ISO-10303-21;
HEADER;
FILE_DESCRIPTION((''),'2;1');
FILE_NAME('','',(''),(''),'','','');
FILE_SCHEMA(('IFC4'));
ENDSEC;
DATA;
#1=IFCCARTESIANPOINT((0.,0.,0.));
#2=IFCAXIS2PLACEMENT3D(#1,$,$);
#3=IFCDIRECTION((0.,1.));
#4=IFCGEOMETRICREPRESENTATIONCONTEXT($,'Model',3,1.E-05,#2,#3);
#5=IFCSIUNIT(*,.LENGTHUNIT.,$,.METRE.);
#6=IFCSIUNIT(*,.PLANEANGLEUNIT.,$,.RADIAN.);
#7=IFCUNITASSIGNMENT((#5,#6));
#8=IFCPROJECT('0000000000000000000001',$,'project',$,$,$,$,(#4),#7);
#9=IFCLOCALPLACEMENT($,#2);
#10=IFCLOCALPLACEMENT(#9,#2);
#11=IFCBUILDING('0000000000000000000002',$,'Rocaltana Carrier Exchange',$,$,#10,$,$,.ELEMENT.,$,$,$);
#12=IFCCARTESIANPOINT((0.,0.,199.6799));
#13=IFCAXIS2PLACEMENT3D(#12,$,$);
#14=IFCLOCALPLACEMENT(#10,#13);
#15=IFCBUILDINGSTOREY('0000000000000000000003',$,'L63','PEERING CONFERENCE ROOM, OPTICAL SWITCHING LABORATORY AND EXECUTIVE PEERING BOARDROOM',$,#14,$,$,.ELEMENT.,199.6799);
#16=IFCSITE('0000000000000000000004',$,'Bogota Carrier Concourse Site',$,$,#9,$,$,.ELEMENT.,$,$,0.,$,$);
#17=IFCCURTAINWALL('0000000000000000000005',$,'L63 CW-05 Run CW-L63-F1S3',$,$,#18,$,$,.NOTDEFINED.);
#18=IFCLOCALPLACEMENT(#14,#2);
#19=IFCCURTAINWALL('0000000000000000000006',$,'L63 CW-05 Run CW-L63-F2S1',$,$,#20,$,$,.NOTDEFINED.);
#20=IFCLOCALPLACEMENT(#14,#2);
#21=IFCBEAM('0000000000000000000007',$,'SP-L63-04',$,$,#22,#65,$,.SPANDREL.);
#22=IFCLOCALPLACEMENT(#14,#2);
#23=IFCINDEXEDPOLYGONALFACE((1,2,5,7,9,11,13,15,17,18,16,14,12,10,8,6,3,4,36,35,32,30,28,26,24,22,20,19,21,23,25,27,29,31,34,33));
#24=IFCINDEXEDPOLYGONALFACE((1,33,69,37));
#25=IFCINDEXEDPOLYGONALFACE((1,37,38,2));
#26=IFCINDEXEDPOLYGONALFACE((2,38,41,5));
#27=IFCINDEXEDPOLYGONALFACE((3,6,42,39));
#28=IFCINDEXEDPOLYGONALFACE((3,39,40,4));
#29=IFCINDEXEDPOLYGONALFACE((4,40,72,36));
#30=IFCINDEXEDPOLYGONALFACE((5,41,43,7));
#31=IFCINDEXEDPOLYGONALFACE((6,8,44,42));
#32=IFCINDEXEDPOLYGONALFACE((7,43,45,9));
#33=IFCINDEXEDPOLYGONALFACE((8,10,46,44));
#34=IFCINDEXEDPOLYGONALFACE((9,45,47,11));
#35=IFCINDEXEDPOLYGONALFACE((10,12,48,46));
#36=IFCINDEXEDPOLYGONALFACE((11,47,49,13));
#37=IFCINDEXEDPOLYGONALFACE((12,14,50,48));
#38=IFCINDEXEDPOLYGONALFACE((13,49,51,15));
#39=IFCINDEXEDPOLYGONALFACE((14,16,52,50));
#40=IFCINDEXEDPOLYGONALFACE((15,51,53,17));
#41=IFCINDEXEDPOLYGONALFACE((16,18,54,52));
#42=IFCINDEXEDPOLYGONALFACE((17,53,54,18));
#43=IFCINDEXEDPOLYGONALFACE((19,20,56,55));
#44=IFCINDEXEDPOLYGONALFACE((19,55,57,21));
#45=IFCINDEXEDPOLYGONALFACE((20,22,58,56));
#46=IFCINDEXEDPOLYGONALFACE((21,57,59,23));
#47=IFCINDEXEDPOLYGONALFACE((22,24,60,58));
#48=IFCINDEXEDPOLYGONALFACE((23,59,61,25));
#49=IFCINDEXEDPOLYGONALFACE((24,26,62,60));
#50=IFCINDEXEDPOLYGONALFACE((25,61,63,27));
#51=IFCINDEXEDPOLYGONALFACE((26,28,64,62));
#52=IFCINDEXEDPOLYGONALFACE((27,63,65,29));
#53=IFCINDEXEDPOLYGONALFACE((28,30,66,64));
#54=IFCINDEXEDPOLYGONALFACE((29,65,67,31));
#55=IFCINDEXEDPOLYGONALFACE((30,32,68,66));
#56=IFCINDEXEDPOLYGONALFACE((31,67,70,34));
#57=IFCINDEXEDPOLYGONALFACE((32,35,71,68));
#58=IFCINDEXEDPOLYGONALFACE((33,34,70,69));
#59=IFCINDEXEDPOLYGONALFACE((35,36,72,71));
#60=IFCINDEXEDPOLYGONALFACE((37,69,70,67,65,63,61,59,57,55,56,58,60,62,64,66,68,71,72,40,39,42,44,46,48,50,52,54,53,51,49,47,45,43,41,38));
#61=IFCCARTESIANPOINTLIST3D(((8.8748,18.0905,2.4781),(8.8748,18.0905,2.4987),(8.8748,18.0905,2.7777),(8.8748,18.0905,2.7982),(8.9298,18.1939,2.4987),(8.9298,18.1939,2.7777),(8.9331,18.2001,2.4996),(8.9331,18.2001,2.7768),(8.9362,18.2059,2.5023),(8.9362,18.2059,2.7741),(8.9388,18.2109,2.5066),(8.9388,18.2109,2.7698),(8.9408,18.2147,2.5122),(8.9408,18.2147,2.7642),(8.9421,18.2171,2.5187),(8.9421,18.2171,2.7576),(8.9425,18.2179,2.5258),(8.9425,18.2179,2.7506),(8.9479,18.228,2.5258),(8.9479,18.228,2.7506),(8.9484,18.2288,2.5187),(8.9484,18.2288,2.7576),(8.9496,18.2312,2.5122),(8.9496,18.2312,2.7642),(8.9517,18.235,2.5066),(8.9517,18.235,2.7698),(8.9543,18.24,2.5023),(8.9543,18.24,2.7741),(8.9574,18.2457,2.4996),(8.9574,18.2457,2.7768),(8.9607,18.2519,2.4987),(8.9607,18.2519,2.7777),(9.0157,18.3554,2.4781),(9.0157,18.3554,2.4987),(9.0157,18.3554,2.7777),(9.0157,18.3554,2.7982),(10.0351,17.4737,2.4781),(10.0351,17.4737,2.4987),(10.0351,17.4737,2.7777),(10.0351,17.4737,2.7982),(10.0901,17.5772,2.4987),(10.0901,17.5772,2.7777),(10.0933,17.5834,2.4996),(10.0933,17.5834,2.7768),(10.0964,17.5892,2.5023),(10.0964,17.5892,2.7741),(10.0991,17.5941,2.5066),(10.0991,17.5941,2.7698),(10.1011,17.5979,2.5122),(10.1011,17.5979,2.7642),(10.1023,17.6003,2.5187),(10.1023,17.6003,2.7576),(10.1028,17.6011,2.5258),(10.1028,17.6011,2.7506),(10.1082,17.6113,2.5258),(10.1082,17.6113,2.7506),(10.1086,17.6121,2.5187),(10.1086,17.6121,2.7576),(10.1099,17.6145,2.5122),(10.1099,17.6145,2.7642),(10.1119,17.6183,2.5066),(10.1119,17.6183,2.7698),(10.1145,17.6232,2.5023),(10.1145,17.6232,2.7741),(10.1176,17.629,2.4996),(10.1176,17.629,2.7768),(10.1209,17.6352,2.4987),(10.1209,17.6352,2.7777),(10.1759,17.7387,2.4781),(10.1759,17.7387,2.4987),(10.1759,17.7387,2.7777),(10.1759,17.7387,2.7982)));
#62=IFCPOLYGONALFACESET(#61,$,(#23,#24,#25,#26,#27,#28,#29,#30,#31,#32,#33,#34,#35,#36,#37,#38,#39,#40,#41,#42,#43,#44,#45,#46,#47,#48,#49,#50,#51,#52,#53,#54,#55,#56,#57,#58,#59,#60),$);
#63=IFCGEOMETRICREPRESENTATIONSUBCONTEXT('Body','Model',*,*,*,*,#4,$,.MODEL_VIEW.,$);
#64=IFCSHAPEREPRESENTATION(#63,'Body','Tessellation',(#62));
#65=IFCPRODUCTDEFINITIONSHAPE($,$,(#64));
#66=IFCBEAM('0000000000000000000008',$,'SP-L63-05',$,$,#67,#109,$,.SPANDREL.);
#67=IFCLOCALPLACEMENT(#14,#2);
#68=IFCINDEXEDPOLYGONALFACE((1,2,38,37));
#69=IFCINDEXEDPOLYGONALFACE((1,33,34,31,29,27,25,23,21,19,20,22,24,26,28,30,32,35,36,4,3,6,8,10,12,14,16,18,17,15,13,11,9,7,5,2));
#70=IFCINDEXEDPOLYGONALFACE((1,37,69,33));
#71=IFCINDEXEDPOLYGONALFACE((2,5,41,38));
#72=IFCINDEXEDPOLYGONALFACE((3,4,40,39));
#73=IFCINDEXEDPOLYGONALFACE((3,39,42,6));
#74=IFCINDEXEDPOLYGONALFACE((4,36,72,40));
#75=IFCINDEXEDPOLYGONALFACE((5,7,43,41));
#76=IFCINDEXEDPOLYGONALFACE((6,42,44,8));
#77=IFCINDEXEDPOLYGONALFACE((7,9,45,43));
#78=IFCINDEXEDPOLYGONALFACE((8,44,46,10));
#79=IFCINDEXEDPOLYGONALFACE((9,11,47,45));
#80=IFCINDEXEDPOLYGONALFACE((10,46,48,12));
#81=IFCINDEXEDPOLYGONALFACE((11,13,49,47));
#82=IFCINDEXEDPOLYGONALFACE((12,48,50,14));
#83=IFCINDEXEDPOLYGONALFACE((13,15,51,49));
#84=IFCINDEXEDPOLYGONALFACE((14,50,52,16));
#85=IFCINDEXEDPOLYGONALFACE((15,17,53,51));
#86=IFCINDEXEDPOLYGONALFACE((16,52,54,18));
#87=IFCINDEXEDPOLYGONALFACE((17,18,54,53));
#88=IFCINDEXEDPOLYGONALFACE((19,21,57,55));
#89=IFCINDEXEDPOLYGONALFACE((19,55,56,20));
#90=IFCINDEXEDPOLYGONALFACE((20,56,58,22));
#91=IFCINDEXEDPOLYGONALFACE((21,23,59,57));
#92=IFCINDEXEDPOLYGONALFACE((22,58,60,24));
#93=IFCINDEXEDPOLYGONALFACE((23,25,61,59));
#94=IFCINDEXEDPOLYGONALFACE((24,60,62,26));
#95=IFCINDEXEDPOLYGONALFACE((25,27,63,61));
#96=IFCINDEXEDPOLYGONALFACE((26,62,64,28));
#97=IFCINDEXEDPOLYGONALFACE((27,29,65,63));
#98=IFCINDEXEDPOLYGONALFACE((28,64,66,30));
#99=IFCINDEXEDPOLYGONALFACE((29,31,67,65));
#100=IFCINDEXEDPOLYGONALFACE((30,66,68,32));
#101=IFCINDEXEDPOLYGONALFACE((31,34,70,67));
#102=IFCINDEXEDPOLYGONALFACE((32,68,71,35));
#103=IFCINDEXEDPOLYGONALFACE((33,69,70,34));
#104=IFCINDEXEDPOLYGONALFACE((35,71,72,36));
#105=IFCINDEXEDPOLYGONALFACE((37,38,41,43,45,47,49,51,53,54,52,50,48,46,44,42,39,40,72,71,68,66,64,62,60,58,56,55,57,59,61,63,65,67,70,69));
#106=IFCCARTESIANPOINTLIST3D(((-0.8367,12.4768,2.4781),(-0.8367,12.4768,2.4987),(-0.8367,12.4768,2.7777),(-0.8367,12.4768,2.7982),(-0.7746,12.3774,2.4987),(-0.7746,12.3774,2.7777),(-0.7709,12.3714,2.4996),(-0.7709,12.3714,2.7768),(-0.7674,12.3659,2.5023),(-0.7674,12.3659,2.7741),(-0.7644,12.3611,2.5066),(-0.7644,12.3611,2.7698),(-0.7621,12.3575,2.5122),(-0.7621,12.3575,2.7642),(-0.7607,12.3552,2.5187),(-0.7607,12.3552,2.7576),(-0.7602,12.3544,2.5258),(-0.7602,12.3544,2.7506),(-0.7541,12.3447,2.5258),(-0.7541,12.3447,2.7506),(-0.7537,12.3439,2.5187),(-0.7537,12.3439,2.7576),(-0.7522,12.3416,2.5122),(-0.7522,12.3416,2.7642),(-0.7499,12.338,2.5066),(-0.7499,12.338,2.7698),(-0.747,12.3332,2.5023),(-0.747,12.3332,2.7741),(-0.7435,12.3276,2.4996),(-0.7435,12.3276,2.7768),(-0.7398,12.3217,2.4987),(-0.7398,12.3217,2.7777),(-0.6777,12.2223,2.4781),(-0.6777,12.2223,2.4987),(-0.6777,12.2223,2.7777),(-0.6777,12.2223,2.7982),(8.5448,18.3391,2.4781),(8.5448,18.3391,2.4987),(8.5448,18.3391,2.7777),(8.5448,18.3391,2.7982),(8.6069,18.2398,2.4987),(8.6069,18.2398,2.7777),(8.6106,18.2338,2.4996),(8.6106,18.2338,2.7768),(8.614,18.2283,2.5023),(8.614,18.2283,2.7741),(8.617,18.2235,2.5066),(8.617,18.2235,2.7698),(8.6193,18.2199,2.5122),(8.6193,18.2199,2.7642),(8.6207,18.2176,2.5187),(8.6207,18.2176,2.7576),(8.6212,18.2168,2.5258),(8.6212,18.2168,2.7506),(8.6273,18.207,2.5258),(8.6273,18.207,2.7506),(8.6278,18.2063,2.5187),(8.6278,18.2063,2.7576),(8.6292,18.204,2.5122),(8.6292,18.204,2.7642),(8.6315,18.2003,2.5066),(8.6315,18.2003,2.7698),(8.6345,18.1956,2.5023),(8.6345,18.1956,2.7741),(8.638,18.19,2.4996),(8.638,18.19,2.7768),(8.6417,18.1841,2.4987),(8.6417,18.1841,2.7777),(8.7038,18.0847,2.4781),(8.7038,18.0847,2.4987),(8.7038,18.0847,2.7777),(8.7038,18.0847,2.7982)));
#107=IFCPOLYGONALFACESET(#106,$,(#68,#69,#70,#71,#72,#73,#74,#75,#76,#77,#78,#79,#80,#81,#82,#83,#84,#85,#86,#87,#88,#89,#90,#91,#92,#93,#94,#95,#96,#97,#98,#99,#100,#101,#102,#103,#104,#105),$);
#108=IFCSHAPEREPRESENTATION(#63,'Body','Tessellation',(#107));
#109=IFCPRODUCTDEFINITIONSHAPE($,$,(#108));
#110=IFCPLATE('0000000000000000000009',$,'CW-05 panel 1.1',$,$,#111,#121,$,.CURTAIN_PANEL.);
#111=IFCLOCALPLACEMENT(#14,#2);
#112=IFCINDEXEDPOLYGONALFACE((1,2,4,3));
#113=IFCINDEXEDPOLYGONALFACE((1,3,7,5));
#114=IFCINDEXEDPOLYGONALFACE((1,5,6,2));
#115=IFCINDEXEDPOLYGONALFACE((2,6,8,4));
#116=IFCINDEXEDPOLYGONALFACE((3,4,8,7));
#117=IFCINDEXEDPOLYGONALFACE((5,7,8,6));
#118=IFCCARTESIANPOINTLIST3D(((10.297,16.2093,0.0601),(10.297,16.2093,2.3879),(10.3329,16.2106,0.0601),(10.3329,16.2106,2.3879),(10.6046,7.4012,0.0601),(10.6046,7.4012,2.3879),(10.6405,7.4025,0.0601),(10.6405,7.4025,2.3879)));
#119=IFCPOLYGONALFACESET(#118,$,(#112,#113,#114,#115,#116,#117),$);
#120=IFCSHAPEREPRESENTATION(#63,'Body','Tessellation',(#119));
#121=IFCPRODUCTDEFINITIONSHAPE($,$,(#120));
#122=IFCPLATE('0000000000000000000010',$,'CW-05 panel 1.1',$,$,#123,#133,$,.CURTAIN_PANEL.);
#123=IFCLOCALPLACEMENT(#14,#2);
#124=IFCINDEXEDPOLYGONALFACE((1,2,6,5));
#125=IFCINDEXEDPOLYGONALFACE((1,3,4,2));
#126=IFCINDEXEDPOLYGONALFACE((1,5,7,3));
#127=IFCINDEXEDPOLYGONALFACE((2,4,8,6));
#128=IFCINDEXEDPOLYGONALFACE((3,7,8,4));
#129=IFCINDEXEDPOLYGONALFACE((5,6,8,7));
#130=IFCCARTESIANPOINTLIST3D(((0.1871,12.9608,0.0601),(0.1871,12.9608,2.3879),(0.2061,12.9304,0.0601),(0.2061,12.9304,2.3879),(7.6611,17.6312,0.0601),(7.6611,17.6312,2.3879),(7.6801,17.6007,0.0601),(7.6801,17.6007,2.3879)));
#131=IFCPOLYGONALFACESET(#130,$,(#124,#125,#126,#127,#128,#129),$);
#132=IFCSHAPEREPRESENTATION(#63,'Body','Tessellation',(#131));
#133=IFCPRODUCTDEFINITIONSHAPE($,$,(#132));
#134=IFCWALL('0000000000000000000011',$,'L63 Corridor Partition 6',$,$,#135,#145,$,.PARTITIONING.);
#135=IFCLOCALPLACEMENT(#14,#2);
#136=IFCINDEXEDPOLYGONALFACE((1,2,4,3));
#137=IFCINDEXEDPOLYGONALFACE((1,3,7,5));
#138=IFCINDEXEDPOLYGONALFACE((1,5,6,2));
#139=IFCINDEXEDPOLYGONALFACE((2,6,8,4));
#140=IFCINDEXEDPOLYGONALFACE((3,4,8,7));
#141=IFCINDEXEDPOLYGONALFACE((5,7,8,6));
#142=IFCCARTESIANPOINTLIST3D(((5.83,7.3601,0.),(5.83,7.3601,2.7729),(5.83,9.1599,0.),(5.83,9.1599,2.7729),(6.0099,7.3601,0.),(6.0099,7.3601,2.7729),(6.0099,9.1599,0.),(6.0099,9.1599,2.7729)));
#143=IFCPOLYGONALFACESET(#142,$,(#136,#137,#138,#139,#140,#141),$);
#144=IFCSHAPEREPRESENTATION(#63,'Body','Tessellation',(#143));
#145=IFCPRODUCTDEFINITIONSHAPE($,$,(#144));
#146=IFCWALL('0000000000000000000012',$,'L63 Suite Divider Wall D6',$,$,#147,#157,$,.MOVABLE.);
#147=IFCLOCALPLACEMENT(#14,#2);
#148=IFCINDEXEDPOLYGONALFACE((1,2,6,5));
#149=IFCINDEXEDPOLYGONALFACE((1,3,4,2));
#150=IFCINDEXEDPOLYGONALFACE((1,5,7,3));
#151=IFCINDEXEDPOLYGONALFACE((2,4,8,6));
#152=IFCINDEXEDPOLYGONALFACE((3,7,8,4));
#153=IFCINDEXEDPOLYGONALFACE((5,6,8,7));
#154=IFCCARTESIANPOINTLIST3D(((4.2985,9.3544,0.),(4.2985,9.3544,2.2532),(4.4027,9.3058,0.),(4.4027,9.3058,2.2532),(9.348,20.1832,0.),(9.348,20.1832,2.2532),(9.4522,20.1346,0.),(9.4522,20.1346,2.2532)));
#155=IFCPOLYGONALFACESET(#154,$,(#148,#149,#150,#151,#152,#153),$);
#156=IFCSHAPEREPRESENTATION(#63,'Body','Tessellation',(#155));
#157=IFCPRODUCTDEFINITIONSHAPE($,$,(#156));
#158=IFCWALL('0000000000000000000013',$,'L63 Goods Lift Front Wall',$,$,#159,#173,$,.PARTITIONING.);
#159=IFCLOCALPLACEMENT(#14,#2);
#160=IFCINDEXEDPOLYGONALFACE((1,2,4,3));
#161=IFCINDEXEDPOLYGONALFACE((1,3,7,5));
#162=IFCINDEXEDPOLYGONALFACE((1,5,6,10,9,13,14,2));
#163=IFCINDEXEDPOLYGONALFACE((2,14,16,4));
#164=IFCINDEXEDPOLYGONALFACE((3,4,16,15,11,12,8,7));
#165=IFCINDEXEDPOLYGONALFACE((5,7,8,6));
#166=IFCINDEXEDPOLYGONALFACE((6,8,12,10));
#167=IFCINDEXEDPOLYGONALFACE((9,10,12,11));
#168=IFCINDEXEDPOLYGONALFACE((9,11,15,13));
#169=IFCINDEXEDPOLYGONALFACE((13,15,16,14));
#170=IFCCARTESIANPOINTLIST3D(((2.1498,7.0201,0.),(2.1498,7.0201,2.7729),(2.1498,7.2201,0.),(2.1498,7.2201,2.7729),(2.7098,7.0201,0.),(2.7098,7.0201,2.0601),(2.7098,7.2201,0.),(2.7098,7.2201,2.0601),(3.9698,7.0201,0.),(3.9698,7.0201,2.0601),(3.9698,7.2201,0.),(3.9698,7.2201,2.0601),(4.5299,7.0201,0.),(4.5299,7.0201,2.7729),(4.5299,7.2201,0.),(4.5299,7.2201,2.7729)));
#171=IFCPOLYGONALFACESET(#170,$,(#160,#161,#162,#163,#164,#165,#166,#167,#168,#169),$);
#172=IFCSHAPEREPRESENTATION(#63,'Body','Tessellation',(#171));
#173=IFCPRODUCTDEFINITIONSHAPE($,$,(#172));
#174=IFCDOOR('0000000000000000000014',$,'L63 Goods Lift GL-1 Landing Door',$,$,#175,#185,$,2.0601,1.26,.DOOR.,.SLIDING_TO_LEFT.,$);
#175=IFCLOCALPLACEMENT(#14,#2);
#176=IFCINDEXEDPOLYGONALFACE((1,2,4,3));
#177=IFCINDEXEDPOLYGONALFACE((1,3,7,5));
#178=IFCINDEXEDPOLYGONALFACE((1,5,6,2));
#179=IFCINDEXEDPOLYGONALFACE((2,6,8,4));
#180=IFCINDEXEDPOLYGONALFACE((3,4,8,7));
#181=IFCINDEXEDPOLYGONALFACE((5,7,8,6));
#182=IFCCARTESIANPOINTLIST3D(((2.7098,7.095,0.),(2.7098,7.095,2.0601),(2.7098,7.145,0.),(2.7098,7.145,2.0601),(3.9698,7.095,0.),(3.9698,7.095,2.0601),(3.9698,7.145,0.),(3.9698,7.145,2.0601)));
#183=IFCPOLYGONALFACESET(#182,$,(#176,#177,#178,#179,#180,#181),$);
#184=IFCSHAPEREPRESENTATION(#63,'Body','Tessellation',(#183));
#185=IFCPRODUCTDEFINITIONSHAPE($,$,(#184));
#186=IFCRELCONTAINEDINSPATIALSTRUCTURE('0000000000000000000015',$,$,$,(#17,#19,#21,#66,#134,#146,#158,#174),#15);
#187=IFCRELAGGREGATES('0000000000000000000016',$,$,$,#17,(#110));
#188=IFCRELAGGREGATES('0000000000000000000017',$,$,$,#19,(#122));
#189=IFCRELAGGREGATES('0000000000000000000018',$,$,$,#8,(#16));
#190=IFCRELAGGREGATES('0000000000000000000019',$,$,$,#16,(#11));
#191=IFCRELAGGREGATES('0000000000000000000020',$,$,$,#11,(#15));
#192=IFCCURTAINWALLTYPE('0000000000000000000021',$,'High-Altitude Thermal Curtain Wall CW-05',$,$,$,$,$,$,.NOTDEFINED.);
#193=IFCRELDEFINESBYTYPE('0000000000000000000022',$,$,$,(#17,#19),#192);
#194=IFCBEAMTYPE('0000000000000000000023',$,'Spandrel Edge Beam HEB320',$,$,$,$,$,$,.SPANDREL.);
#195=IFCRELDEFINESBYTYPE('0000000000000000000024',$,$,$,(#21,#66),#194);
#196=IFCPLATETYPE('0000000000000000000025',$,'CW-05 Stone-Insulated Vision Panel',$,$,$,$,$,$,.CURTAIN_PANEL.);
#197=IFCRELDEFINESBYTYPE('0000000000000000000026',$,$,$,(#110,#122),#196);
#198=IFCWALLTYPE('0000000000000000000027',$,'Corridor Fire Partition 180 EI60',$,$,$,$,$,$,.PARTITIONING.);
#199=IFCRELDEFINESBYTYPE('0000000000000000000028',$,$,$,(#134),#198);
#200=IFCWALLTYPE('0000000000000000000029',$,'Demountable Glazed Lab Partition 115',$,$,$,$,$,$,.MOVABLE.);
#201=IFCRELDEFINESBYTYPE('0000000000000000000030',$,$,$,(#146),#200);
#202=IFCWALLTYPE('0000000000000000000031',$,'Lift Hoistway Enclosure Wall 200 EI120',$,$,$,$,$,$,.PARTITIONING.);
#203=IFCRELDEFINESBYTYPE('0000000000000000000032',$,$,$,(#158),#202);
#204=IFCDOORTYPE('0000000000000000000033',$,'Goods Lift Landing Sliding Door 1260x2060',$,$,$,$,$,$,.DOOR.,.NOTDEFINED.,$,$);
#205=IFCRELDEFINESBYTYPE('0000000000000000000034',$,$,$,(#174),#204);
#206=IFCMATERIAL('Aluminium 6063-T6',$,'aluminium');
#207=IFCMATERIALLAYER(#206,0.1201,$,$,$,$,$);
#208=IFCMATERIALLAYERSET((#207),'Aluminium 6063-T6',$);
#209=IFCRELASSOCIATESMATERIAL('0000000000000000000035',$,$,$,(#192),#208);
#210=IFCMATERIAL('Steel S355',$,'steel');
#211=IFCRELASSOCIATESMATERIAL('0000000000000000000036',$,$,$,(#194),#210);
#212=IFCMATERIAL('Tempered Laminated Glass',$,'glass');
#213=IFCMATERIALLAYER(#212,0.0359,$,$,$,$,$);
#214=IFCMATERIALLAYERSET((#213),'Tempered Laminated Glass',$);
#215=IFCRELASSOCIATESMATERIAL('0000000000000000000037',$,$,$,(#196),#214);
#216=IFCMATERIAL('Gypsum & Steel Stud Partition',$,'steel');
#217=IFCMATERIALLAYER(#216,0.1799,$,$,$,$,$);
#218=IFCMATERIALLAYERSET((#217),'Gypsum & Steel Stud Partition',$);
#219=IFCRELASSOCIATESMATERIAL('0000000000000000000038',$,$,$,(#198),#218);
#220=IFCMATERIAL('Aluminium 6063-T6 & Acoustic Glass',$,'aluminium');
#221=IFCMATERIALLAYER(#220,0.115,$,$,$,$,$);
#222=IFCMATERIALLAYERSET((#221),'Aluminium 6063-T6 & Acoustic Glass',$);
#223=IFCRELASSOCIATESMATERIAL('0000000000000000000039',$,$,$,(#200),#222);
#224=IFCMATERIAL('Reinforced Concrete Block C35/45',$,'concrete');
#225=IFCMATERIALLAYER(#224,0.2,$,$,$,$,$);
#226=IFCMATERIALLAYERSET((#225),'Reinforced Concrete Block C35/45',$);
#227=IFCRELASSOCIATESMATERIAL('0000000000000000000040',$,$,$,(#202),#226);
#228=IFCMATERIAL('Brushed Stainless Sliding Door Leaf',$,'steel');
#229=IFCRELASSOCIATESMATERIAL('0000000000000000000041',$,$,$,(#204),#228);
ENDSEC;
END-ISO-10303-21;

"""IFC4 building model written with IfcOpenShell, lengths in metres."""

from ifc_helpers import new_model, si_unit, direction, frame, frame_2d, origin, origin_2d, place, context, subcontext, project, spatial, rectangle, i_section, extrude, material, layer, layer_set, material_profile, profile_set, type_object, element, fill, aggregate, save


model = new_model("IFC4")

# Units and contexts
model_context = context("Model", 3, precision=1e-05, world=origin(), true_north=direction((0.0, 1.0)))
body_context = subcontext(model_context, "Body", "Model", "MODEL_VIEW")
ifc_project = project(units=[si_unit("LENGTHUNIT", "METRE"), si_unit("PLANEANGLEUNIT", "RADIAN")], contexts=[model_context])

# Site, building, storey
site_placement = place(None, origin())
site = spatial("IfcSite", under=ifc_project, at=site_placement, Name="Bogota Carrier Concourse Site", CompositionType="ELEMENT", RefElevation=0.0)
building_placement = place(site_placement, origin())
building = spatial("IfcBuilding", under=site, at=building_placement, Name="Rocaltana Carrier Exchange", CompositionType="ELEMENT")
storey_placement = place(building_placement, frame((0.0, 0.0, 199.6799)))
storey = spatial("IfcBuildingStorey", under=building, at=storey_placement, Name="L63", Description="PEERING CONFERENCE ROOM, OPTICAL SWITCHING LABORATORY AND EXECUTIVE PEERING BOARDROOM", CompositionType="ELEMENT", Elevation=199.6799)

# Curtain walls
ifc_material_1 = material(Name="Aluminium 6063-T6", Category="aluminium")
ifc_layer_1 = layer(ifc_material_1, 0.1201)
ifc_layer_set_1 = layer_set([ifc_layer_1], Name="Aluminium 6063-T6")
curtain_wall_type = type_object("IfcCurtainWallType", Name="High-Altitude Thermal Curtain Wall CW-05", PredefinedType="NOTDEFINED", material=ifc_layer_set_1)
curtain_wall_1_placement = place(storey_placement, origin())
curtain_wall_1 = element("IfcCurtainWall", 1, at=curtain_wall_1_placement, inside=storey, type_object=curtain_wall_type, Name="L63 CW-05 Run CW-L63-F1S3", PredefinedType="NOTDEFINED")
curtain_wall_2_placement = place(storey_placement, origin())
curtain_wall_2 = element("IfcCurtainWall", 2, at=curtain_wall_2_placement, inside=storey, type_object=curtain_wall_type, Name="L63 CW-05 Run CW-L63-F2S1", PredefinedType="NOTDEFINED")

# Beams
ifc_material_2 = material(Name="Steel S355", Category="steel")
ifc_material_profile_1 = material_profile(ifc_material_2, i_section(OverallWidth=0.3, OverallDepth=0.3201, WebThickness=0.0115, FlangeThickness=0.0205, FilletRadius=0.0271, at=origin_2d()), Name="HEB320")
ifc_profile_set_1 = profile_set([ifc_material_profile_1], Name="Steel S355")
beam_type_1 = type_object("IfcBeamType", Name="Spandrel Edge Beam HEB320", PredefinedType="SPANDREL", material=ifc_profile_set_1)
beam_1_placement = place(storey_placement, frame((10.1055, 17.6062, 2.6382), z_axis=(-0.883, 0.469373, 0.0), x_axis=(-0.469373, -0.883, 0.0)))
element("IfcBeam", 3, at=beam_1_placement, inside=storey, type_object=beam_type_1, Name="SP-L63-04", PredefinedType="SPANDREL", context=body_context, shape_type="SweptSolid", body=[
    extrude(i_section(OverallWidth=0.3, OverallDepth=0.3201, WebThickness=0.0115, FlangeThickness=0.0205, FilletRadius=0.0271, at=origin_2d()), origin(), (0.0, 0.0, 1.0), 1.314),
])
beam_2_placement = place(storey_placement, frame((8.6243, 18.2119, 2.6382), z_axis=(-0.84804, -0.529931, 0.0), x_axis=(0.529931, -0.84804, 0.0)))
element("IfcBeam", 4, at=beam_2_placement, inside=storey, type_object=beam_type_1, Name="SP-L63-05", PredefinedType="SPANDREL", context=body_context, shape_type="SweptSolid", body=[
    extrude(i_section(OverallWidth=0.3, OverallDepth=0.3201, WebThickness=0.0115, FlangeThickness=0.0205, FilletRadius=0.0271, at=origin_2d()), origin(), (0.0, 0.0, 1.0), 11.0625),
])

# Plates
ifc_material_3 = material(Name="Tempered Laminated Glass", Category="glass")
ifc_layer_2 = layer(ifc_material_3, 0.0359)
ifc_layer_set_2 = layer_set([ifc_layer_2], Name="Tempered Laminated Glass")
plate_type = type_object("IfcPlateType", Name="CW-05 Stone-Insulated Vision Panel", PredefinedType="CURTAIN_PANEL", material=ifc_layer_set_2)
plate_1_placement = place(storey_placement, frame((10.4688, 11.8059, 0.0601), z_axis=(0.0, 0.0, 1.0), x_axis=(-0.034903, 0.999391, 0.0)))
plate_1 = element("IfcPlate", 5, at=plate_1_placement, type_object=plate_type, Name="CW-05 panel 1.1", PredefinedType="CURTAIN_PANEL", context=body_context, shape_type="SweptSolid", body=[
    extrude(rectangle(XDim=8.8135, YDim=0.0359, at=origin_2d()), origin(), (0.0, 0.0, 1.0), 2.3279),
])
aggregate(curtain_wall_1, [plate_1])
plate_2_placement = place(storey_placement, frame((3.9336, 15.2808, 0.0601), z_axis=(0.0, 0.0, 1.0), x_axis=(-0.848042, -0.529929, 0.0)))
plate_2 = element("IfcPlate", 6, at=plate_2_placement, type_object=plate_type, Name="CW-05 panel 1.1", PredefinedType="CURTAIN_PANEL", context=body_context, shape_type="SweptSolid", body=[
    extrude(rectangle(XDim=8.8132, YDim=0.0359, at=origin_2d()), origin(), (0.0, 0.0, 1.0), 2.3279),
])
aggregate(curtain_wall_2, [plate_2])

# Walls
ifc_material_4 = material(Name="Gypsum & Steel Stud Partition", Category="steel")
ifc_layer_3 = layer(ifc_material_4, 0.1799)
ifc_layer_set_3 = layer_set([ifc_layer_3], Name="Gypsum & Steel Stud Partition")
wall_type_1 = type_object("IfcWallType", Name="Corridor Fire Partition 180 EI60", PredefinedType="PARTITIONING", material=ifc_layer_set_3)
wall_1_placement = place(storey_placement, frame((5.9199, 9.1599, 0.0), z_axis=(0.0, 0.0, 1.0), x_axis=(0.0, -1.0, 0.0)))
element("IfcWall", 7, at=wall_1_placement, inside=storey, type_object=wall_type_1, Name="L63 Corridor Partition 6", PredefinedType="PARTITIONING", context=body_context, shape_type="SweptSolid", body=[
    extrude(rectangle(XDim=1.7998, YDim=0.1799, at=frame_2d((0.8999, 0.0))), origin(), (0.0, 0.0, 1.0), 2.7729),
])
ifc_material_5 = material(Name="Aluminium 6063-T6 & Acoustic Glass", Category="aluminium")
ifc_layer_4 = layer(ifc_material_5, 0.115)
ifc_layer_set_4 = layer_set([ifc_layer_4], Name="Aluminium 6063-T6 & Acoustic Glass")
wall_type_2 = type_object("IfcWallType", Name="Demountable Glazed Lab Partition 115", PredefinedType="MOVABLE", material=ifc_layer_set_4)
wall_2_placement = place(storey_placement, frame((4.3506, 9.3301, 0.0), z_axis=(0.0, 0.0, 1.0), x_axis=(0.422617, 0.906308, 0.0)))
element("IfcWall", 8, at=wall_2_placement, inside=storey, type_object=wall_type_2, Name="L63 Suite Divider Wall D6", PredefinedType="MOVABLE", context=body_context, shape_type="SweptSolid", body=[
    extrude(rectangle(XDim=11.9482, YDim=0.115, at=frame_2d((5.9741, 0.0))), origin(), (0.0, 0.0, 1.0), 2.2532),
])

# Wall, opening, door
ifc_material_6 = material(Name="Reinforced Concrete Block C35/45", Category="concrete")
ifc_layer_5 = layer(ifc_material_6, 0.2)
ifc_layer_set_5 = layer_set([ifc_layer_5], Name="Reinforced Concrete Block C35/45")
wall_type_3 = type_object("IfcWallType", Name="Lift Hoistway Enclosure Wall 200 EI120", PredefinedType="PARTITIONING", material=ifc_layer_set_5)
wall_3_placement = place(storey_placement, frame((2.1499, 7.1201, 0.0), z_axis=(0.0, 0.0, 1.0), x_axis=(1.0, 0.0, 0.0)))
wall_3 = element("IfcWall", 9, at=wall_3_placement, inside=storey, type_object=wall_type_3, Name="L63 Goods Lift Front Wall", PredefinedType="PARTITIONING", context=body_context, shape_type="SweptSolid", body=[
    extrude(rectangle(XDim=2.3801, YDim=0.2, at=frame_2d((1.1899, 0.0))), origin(), (0.0, 0.0, 1.0), 2.7729),
])
opening_1_placement = place(wall_3_placement, frame((0.5601, 0.0, 0.0)))
opening_1 = element("IfcOpeningElement", 10, at=opening_1_placement, cuts=wall_3, PredefinedType="OPENING", context=body_context, shape_type="SweptSolid", body=[
    extrude(rectangle(XDim=1.26, YDim=2.0601, at=frame_2d((0.6299, 1.03))), frame((0.0, 0.1099, 0.0), z_axis=(0.0, -1.0, 0.0), x_axis=(1.0, 0.0, 0.0)), (0.0, 0.0, 1.0), 0.22),
])
ifc_material_7 = material(Name="Brushed Stainless Sliding Door Leaf", Category="steel")
door_type_1 = type_object("IfcDoorType", Name="Goods Lift Landing Sliding Door 1260x2060", OperationType="NOTDEFINED", PredefinedType="DOOR", material=ifc_material_7)
door_1_placement = place(opening_1_placement, origin())
door_1 = element("IfcDoor", 11, at=door_1_placement, inside=storey, type_object=door_type_1, Name="L63 Goods Lift GL-1 Landing Door", OperationType="SLIDING_TO_LEFT", OverallHeight=2.0601, OverallWidth=1.26, PredefinedType="DOOR", context=body_context, shape_type="SweptSolid", body=[
    extrude(rectangle(XDim=1.26, YDim=2.0601, at=frame_2d((0.6299, 1.03))), frame((0.0, 0.0249, 0.0), z_axis=(0.0, -1.0, 0.0), x_axis=(1.0, 0.0, 0.0)), (0.0, 0.0, 1.0), 0.05),
])
fill(opening_1, door_1)

save(model, "model.ifc")
